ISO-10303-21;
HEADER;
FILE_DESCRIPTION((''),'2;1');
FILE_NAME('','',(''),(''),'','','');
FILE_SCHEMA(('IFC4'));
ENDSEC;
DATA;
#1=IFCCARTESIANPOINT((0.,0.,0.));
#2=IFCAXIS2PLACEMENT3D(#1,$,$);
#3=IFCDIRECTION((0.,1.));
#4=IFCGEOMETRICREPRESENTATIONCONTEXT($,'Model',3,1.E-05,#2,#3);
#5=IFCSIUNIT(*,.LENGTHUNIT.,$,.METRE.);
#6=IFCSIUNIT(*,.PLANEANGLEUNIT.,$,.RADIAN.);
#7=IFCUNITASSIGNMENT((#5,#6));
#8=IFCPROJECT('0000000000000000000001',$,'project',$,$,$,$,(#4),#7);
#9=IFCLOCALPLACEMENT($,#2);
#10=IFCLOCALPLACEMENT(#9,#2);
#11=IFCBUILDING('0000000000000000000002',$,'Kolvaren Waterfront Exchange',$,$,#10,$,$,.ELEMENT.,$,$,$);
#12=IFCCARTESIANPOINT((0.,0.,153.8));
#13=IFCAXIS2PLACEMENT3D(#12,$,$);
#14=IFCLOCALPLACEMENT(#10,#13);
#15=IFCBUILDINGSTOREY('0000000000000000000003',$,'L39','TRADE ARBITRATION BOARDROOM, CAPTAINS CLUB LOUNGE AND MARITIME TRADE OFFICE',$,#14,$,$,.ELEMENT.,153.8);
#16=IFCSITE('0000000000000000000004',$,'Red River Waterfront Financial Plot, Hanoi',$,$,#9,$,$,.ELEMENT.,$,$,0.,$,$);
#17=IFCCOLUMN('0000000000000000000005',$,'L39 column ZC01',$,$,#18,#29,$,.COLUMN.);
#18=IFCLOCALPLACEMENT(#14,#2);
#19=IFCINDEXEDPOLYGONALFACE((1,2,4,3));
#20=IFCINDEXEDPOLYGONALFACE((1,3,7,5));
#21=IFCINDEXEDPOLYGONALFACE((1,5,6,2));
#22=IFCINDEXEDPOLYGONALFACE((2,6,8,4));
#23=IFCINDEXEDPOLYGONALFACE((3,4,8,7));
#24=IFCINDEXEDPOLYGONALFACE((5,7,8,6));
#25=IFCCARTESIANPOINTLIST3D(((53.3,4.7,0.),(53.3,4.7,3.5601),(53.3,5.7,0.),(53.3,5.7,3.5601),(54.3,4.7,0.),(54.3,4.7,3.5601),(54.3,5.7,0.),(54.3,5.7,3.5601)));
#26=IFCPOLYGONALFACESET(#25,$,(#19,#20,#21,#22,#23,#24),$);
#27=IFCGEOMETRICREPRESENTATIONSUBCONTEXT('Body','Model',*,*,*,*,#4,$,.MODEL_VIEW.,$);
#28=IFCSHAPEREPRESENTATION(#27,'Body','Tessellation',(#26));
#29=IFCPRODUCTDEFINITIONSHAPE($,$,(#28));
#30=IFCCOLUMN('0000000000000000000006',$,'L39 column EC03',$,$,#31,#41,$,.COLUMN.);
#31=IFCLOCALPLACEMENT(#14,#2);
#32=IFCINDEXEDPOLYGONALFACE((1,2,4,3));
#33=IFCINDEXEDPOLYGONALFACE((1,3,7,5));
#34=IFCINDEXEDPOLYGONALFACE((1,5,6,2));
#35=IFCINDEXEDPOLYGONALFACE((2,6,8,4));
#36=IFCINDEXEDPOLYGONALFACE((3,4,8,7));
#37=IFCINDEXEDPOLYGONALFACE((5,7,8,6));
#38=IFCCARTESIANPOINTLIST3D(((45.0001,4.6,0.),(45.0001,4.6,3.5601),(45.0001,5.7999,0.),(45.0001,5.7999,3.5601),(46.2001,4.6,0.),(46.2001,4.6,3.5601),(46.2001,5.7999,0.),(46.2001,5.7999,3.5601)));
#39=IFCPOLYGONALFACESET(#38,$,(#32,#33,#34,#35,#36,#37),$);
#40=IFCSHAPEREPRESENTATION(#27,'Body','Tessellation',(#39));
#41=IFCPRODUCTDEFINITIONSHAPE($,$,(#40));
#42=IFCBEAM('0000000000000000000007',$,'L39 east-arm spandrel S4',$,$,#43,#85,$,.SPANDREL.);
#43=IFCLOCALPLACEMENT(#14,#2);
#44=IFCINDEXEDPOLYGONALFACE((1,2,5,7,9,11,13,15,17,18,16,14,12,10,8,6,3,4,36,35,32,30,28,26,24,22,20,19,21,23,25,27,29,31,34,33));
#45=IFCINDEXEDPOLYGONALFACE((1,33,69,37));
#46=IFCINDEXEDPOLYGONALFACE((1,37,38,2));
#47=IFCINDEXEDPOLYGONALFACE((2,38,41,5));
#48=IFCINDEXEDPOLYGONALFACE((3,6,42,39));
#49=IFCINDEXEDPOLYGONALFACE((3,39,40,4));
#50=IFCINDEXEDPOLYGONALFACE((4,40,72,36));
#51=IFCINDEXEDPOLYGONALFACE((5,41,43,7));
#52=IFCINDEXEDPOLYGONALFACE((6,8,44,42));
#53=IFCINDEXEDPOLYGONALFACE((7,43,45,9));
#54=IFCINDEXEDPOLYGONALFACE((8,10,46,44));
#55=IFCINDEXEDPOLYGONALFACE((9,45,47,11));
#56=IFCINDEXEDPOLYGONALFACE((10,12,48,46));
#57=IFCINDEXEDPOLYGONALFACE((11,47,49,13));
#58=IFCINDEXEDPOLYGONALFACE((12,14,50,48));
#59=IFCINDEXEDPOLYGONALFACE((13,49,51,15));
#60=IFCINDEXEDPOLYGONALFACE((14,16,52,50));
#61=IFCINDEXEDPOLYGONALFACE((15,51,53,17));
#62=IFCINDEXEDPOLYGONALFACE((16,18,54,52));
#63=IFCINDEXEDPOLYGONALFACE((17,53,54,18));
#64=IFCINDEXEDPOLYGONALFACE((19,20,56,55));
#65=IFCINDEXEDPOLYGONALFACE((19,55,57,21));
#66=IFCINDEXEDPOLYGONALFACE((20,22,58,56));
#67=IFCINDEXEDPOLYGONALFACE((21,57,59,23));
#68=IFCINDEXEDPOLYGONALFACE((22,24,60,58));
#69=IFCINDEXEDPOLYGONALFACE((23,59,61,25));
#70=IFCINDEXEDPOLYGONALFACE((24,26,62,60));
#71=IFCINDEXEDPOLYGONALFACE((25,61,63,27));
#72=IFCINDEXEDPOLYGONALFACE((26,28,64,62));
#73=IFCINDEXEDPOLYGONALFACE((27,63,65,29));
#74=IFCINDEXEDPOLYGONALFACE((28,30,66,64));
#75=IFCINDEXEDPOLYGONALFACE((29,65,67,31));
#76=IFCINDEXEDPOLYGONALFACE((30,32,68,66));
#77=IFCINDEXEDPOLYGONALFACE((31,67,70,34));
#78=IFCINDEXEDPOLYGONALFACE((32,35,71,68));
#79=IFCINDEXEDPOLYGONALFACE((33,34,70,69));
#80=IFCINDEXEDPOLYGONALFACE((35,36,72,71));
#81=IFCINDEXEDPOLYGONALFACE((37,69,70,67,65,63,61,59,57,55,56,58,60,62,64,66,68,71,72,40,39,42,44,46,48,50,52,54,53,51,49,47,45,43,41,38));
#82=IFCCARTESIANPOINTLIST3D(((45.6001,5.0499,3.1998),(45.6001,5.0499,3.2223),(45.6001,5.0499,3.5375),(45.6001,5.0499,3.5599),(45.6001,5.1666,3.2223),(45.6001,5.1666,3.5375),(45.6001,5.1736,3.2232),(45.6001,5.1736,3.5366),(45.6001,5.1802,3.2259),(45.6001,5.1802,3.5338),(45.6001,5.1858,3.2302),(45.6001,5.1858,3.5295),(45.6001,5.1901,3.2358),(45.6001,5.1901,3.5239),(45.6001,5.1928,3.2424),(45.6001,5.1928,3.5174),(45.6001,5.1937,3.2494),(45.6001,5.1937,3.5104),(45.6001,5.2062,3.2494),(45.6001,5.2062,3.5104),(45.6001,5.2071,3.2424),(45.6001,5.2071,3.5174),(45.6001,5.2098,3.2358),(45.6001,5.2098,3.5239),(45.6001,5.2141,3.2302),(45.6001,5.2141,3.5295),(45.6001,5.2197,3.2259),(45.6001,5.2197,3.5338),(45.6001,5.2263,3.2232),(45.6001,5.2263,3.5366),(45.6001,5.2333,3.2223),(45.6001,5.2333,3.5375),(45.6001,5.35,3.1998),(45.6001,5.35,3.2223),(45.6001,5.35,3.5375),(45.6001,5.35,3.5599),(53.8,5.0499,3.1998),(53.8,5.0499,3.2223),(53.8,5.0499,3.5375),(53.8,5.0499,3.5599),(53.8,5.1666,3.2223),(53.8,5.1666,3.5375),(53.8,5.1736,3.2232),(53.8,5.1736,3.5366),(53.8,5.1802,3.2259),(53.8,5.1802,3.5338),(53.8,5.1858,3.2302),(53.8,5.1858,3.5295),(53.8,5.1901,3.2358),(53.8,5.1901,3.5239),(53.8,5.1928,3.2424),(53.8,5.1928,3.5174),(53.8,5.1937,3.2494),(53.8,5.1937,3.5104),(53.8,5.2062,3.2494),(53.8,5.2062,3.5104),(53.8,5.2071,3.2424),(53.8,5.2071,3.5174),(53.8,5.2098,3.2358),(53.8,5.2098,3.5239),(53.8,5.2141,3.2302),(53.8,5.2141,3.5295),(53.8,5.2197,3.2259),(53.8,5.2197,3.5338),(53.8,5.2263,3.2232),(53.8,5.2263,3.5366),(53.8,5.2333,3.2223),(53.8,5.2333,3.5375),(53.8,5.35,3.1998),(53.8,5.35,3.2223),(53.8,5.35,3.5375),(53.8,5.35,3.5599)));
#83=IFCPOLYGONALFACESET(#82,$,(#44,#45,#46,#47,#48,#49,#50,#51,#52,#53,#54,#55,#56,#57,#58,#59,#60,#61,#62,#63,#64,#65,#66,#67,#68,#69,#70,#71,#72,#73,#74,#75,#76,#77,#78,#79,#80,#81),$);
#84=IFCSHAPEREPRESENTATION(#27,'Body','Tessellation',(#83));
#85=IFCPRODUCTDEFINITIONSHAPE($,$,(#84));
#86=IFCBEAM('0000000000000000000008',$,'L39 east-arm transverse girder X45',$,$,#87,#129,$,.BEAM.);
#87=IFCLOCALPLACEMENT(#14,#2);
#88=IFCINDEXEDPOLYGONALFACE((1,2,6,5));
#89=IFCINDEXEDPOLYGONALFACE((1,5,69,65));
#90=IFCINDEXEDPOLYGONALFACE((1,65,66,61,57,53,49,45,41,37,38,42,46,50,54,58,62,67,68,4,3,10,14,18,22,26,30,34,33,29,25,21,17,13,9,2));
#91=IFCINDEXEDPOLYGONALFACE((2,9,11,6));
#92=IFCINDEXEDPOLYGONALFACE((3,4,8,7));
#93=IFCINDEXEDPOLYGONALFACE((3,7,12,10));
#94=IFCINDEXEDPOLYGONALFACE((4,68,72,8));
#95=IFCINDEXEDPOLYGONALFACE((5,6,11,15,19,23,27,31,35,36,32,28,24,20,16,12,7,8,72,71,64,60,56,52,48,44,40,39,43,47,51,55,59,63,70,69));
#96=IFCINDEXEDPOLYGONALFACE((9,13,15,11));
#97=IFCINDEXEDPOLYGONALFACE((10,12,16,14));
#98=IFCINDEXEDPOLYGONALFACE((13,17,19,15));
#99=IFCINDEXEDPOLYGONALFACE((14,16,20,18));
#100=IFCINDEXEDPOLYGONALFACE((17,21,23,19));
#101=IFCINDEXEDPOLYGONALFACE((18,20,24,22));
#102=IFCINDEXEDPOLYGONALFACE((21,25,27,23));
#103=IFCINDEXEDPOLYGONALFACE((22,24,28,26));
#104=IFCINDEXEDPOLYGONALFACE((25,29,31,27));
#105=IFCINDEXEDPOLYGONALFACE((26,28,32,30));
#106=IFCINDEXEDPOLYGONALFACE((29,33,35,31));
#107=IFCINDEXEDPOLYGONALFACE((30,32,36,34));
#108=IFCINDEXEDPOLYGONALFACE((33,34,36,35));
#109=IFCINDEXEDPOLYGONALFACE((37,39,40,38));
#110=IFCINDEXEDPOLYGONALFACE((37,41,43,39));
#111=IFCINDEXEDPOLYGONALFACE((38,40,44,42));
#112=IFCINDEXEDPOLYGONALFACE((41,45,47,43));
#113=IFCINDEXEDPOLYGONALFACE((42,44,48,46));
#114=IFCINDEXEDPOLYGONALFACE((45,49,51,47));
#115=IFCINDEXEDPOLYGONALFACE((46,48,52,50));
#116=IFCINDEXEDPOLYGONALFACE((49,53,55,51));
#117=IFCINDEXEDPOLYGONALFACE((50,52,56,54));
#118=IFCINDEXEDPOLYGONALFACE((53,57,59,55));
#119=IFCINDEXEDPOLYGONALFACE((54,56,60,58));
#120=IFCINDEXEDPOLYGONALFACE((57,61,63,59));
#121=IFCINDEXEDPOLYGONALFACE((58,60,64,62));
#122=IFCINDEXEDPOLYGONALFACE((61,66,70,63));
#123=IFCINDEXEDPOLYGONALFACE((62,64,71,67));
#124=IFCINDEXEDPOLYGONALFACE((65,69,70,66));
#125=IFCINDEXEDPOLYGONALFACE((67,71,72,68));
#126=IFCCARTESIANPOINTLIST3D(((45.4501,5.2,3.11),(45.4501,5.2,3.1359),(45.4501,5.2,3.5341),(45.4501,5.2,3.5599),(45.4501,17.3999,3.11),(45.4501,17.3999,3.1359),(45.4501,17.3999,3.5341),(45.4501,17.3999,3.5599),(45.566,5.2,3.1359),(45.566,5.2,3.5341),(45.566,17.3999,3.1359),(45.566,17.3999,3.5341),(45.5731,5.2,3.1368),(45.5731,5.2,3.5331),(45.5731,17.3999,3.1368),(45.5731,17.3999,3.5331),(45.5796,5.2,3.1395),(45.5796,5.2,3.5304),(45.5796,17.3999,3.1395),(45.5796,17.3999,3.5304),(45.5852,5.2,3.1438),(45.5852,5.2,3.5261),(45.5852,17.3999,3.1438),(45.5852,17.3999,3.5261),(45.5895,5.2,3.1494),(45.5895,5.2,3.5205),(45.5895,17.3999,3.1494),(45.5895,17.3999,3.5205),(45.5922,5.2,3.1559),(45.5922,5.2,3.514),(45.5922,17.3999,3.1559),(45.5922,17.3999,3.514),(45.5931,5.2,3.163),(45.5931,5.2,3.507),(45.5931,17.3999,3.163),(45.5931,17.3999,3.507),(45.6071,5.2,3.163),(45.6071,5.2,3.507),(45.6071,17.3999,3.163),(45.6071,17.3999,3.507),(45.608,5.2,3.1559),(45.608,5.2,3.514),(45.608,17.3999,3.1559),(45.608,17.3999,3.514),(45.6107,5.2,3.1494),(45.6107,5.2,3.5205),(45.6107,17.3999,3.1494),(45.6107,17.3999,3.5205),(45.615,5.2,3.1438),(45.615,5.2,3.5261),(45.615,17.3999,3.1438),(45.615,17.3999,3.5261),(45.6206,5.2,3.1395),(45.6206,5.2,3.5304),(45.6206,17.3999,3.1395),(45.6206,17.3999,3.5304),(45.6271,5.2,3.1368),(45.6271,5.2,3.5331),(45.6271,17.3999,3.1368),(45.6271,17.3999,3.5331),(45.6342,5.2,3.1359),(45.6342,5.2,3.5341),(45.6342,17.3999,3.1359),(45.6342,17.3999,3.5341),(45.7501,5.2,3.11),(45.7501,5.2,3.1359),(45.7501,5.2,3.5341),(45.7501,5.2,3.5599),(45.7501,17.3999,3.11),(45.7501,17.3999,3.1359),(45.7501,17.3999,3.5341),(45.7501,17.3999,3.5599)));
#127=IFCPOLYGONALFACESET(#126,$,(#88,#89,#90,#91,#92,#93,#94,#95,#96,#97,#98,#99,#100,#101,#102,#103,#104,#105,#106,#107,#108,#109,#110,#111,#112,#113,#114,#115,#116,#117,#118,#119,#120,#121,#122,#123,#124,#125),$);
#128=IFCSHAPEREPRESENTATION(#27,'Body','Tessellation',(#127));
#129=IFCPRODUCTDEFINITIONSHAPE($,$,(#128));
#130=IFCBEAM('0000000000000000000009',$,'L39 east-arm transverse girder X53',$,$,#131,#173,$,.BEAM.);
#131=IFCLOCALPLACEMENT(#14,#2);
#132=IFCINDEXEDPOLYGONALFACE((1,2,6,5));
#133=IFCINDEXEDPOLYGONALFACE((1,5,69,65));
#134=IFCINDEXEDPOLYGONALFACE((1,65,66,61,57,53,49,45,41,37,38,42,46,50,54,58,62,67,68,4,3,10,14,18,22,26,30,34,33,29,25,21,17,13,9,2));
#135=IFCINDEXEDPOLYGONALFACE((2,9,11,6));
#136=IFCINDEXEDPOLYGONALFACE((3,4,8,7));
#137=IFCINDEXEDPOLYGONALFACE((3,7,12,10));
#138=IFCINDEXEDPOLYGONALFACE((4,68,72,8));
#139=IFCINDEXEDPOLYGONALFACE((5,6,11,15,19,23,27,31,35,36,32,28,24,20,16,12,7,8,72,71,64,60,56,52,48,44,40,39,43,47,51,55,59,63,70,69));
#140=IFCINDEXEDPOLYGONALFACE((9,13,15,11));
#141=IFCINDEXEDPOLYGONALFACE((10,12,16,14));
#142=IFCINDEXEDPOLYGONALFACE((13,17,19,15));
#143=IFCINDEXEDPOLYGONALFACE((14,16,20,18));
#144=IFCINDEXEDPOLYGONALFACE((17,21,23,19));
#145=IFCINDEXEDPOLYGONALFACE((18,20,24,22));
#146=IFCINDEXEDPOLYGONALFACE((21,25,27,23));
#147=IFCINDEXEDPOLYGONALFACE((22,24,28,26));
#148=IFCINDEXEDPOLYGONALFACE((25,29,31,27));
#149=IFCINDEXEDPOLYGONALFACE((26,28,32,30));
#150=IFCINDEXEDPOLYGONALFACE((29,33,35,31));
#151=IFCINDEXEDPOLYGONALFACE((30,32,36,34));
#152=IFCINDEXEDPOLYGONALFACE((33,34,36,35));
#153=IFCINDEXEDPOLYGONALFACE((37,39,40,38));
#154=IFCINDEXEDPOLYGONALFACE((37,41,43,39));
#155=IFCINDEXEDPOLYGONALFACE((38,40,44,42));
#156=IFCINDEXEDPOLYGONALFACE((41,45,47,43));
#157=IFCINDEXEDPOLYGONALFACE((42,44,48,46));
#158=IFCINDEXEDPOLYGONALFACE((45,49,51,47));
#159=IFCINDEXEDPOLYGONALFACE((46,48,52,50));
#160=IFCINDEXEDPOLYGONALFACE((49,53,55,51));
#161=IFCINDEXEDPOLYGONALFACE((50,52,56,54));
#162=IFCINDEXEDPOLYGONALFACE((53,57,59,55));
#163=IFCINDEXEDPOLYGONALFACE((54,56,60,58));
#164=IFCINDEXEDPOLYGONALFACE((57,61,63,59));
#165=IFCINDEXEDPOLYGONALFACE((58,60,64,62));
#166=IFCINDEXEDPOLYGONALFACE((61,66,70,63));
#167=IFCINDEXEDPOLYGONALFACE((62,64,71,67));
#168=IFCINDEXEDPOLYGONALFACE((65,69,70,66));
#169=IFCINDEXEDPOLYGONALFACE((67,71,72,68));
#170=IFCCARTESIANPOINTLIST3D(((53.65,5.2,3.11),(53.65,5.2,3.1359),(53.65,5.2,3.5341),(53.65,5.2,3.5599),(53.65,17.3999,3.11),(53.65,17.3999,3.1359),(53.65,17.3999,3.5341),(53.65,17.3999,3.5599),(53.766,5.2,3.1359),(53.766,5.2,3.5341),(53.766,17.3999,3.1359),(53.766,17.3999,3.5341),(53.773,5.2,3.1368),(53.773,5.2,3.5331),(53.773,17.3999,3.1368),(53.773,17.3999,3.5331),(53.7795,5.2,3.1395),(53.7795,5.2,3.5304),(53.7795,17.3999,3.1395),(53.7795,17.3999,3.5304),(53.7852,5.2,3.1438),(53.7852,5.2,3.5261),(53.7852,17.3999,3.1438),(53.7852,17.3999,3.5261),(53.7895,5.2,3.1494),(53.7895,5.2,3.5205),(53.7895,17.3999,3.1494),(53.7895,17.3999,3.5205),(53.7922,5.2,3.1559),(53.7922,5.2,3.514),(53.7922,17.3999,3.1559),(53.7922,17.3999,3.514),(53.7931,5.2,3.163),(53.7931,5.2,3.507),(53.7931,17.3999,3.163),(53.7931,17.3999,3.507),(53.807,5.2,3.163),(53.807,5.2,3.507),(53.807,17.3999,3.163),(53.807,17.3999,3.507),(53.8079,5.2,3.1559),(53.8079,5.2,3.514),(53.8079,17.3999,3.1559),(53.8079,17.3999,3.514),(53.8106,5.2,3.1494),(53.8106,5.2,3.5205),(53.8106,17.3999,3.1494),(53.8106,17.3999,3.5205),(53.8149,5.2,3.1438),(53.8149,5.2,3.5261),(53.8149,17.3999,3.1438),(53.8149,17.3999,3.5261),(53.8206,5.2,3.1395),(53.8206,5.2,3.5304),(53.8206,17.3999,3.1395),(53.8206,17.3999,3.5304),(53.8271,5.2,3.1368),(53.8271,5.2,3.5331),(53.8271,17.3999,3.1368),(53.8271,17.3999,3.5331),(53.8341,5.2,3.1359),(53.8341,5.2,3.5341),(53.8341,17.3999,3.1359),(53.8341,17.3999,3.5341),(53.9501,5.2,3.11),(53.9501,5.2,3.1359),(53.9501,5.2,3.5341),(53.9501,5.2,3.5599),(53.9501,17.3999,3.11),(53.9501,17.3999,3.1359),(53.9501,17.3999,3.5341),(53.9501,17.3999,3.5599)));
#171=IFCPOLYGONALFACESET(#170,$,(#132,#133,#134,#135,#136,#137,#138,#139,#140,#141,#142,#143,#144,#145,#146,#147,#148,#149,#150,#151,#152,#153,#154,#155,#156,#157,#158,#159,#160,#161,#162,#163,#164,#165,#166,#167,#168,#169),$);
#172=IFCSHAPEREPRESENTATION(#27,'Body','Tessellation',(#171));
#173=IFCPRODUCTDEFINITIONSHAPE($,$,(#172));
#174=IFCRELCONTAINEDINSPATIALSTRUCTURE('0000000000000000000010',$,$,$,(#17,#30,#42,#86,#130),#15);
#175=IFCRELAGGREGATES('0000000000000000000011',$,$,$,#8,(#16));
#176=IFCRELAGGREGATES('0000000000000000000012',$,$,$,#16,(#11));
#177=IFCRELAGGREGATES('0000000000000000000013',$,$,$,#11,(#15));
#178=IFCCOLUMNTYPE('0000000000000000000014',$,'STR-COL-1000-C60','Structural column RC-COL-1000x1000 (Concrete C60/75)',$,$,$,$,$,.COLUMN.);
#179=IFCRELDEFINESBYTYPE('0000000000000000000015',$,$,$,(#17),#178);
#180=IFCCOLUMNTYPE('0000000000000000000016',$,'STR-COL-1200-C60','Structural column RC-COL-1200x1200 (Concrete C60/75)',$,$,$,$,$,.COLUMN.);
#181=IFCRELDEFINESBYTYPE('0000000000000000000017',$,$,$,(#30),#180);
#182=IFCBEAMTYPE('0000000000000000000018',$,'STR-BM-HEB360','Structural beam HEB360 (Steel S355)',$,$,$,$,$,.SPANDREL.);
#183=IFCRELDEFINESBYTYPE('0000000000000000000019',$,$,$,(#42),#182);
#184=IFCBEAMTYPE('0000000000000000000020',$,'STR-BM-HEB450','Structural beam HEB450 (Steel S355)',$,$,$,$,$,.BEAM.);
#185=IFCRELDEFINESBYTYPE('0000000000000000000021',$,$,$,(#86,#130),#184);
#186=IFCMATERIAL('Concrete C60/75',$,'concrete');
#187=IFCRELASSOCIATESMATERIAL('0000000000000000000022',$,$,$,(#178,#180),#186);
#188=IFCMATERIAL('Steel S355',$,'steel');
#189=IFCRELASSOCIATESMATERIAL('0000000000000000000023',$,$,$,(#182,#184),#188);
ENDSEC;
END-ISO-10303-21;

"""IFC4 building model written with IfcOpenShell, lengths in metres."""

from ifc_helpers import new_model, si_unit, direction, frame, origin, origin_2d, place, context, subcontext, project, spatial, rectangle, i_section, extrude, material, material_profile, profile_set, type_object, element, save


model = new_model("IFC4")

# Units and contexts
model_context = context("Model", 3, precision=1e-05, world=origin(), true_north=direction((0.0, 1.0)))
body_context = subcontext(model_context, "Body", "Model", "MODEL_VIEW")
ifc_project = project(units=[si_unit("LENGTHUNIT", "METRE"), si_unit("PLANEANGLEUNIT", "RADIAN")], contexts=[model_context])

# Site, building, storey
site_placement = place(None, origin())
site = spatial("IfcSite", under=ifc_project, at=site_placement, Name="Red River Waterfront Financial Plot, Hanoi", CompositionType="ELEMENT", RefElevation=0.0)
building_placement = place(site_placement, origin())
building = spatial("IfcBuilding", under=site, at=building_placement, Name="Kolvaren Waterfront Exchange", CompositionType="ELEMENT")
storey_placement = place(building_placement, frame((0.0, 0.0, 153.8)))
storey = spatial("IfcBuildingStorey", under=building, at=storey_placement, Name="L39", Description="TRADE ARBITRATION BOARDROOM, CAPTAINS CLUB LOUNGE AND MARITIME TRADE OFFICE", CompositionType="ELEMENT", Elevation=153.8)

# Columns
ifc_material_1 = material(Name="Concrete C60/75", Category="concrete")
ifc_material_profile_1 = material_profile(ifc_material_1, rectangle(XDim=1.0, YDim=1.0, at=origin_2d()), Name="RC-COL-1000x1000")
ifc_profile_set_1 = profile_set([ifc_material_profile_1], Name="Concrete C60/75")
column_type_1 = type_object("IfcColumnType", Name="STR-COL-1000-C60", Description="Structural column RC-COL-1000x1000 (Concrete C60/75)", PredefinedType="COLUMN", material=ifc_profile_set_1)
column_1_placement = place(storey_placement, frame((53.8, 5.2, 0.0), z_axis=(0.0, 0.0, 1.0), x_axis=(1.0, 0.0, 0.0)))
element("IfcColumn", 1, at=column_1_placement, inside=storey, type_object=column_type_1, Name="L39 column ZC01", PredefinedType="COLUMN", context=body_context, shape_type="SweptSolid", body=[
    extrude(rectangle(XDim=1.0, YDim=1.0, at=origin_2d()), origin(), (0.0, 0.0, 1.0), 3.5601),
])
ifc_material_profile_2 = material_profile(ifc_material_1, rectangle(XDim=1.2, YDim=1.2, at=origin_2d()), Name="RC-COL-1200x1200")
ifc_profile_set_2 = profile_set([ifc_material_profile_2], Name="Concrete C60/75")
column_type_2 = type_object("IfcColumnType", Name="STR-COL-1200-C60", Description="Structural column RC-COL-1200x1200 (Concrete C60/75)", PredefinedType="COLUMN", material=ifc_profile_set_2)
column_2_placement = place(storey_placement, frame((45.6001, 5.2, 0.0), z_axis=(0.0, 0.0, 1.0), x_axis=(1.0, 0.0, 0.0)))
element("IfcColumn", 2, at=column_2_placement, inside=storey, type_object=column_type_2, Name="L39 column EC03", PredefinedType="COLUMN", context=body_context, shape_type="SweptSolid", body=[
    extrude(rectangle(XDim=1.2, YDim=1.2, at=origin_2d()), origin(), (0.0, 0.0, 1.0), 3.5601),
])

# Beams
ifc_material_2 = material(Name="Steel S355", Category="steel")
ifc_material_profile_3 = material_profile(ifc_material_2, i_section(OverallWidth=0.3, OverallDepth=0.3601, WebThickness=0.0125, FlangeThickness=0.0225, FilletRadius=0.0271, at=origin_2d()), Name="HEB360")
ifc_profile_set_3 = profile_set([ifc_material_profile_3], Name="Steel S355")
beam_type_1 = type_object("IfcBeamType", Name="STR-BM-HEB360", Description="Structural beam HEB360 (Steel S355)", PredefinedType="SPANDREL", material=ifc_profile_set_3)
beam_1_placement = place(storey_placement, frame((45.6001, 5.2, 3.3799), z_axis=(1.0, 0.0, 0.0), x_axis=(0.0, 1.0, 0.0)))
element("IfcBeam", 3, at=beam_1_placement, inside=storey, type_object=beam_type_1, Name="L39 east-arm spandrel S4", PredefinedType="SPANDREL", context=body_context, shape_type="SweptSolid", body=[
    extrude(i_section(OverallWidth=0.3, OverallDepth=0.3601, WebThickness=0.0125, FlangeThickness=0.0225, FilletRadius=0.0271, at=origin_2d()), origin(), (0.0, 0.0, 1.0), 8.2),
])
ifc_material_profile_4 = material_profile(ifc_material_2, i_section(OverallWidth=0.3, OverallDepth=0.45, WebThickness=0.0139, FlangeThickness=0.0259, FilletRadius=0.0271, at=origin_2d()), Name="HEB450")
ifc_profile_set_4 = profile_set([ifc_material_profile_4], Name="Steel S355")
beam_type_2 = type_object("IfcBeamType", Name="STR-BM-HEB450", Description="Structural beam HEB450 (Steel S355)", PredefinedType="BEAM", material=ifc_profile_set_4)
for number, where, z_axis, x_axis, name in (
    (4, (45.6001, 5.2, 3.335), (0.0, 1.0, 0.0), (-1.0, 0.0, 0.0), "L39 east-arm transverse girder X45"),
    (5, (53.8, 5.2, 3.335), (0.0, 1.0, 0.0), (-1.0, 0.0, 0.0), "L39 east-arm transverse girder X53"),
):
    element("IfcBeam", number, at=place(storey_placement, frame(where, z_axis=z_axis, x_axis=x_axis)), inside=storey, type_object=beam_type_2, Name=name, PredefinedType="BEAM", context=body_context, shape_type="SweptSolid", body=[
        extrude(i_section(OverallWidth=0.3, OverallDepth=0.45, WebThickness=0.0139, FlangeThickness=0.0259, FilletRadius=0.0271, at=origin_2d()), origin(), (0.0, 0.0, 1.0), 12.2),
    ])

save(model, "model.ifc")
